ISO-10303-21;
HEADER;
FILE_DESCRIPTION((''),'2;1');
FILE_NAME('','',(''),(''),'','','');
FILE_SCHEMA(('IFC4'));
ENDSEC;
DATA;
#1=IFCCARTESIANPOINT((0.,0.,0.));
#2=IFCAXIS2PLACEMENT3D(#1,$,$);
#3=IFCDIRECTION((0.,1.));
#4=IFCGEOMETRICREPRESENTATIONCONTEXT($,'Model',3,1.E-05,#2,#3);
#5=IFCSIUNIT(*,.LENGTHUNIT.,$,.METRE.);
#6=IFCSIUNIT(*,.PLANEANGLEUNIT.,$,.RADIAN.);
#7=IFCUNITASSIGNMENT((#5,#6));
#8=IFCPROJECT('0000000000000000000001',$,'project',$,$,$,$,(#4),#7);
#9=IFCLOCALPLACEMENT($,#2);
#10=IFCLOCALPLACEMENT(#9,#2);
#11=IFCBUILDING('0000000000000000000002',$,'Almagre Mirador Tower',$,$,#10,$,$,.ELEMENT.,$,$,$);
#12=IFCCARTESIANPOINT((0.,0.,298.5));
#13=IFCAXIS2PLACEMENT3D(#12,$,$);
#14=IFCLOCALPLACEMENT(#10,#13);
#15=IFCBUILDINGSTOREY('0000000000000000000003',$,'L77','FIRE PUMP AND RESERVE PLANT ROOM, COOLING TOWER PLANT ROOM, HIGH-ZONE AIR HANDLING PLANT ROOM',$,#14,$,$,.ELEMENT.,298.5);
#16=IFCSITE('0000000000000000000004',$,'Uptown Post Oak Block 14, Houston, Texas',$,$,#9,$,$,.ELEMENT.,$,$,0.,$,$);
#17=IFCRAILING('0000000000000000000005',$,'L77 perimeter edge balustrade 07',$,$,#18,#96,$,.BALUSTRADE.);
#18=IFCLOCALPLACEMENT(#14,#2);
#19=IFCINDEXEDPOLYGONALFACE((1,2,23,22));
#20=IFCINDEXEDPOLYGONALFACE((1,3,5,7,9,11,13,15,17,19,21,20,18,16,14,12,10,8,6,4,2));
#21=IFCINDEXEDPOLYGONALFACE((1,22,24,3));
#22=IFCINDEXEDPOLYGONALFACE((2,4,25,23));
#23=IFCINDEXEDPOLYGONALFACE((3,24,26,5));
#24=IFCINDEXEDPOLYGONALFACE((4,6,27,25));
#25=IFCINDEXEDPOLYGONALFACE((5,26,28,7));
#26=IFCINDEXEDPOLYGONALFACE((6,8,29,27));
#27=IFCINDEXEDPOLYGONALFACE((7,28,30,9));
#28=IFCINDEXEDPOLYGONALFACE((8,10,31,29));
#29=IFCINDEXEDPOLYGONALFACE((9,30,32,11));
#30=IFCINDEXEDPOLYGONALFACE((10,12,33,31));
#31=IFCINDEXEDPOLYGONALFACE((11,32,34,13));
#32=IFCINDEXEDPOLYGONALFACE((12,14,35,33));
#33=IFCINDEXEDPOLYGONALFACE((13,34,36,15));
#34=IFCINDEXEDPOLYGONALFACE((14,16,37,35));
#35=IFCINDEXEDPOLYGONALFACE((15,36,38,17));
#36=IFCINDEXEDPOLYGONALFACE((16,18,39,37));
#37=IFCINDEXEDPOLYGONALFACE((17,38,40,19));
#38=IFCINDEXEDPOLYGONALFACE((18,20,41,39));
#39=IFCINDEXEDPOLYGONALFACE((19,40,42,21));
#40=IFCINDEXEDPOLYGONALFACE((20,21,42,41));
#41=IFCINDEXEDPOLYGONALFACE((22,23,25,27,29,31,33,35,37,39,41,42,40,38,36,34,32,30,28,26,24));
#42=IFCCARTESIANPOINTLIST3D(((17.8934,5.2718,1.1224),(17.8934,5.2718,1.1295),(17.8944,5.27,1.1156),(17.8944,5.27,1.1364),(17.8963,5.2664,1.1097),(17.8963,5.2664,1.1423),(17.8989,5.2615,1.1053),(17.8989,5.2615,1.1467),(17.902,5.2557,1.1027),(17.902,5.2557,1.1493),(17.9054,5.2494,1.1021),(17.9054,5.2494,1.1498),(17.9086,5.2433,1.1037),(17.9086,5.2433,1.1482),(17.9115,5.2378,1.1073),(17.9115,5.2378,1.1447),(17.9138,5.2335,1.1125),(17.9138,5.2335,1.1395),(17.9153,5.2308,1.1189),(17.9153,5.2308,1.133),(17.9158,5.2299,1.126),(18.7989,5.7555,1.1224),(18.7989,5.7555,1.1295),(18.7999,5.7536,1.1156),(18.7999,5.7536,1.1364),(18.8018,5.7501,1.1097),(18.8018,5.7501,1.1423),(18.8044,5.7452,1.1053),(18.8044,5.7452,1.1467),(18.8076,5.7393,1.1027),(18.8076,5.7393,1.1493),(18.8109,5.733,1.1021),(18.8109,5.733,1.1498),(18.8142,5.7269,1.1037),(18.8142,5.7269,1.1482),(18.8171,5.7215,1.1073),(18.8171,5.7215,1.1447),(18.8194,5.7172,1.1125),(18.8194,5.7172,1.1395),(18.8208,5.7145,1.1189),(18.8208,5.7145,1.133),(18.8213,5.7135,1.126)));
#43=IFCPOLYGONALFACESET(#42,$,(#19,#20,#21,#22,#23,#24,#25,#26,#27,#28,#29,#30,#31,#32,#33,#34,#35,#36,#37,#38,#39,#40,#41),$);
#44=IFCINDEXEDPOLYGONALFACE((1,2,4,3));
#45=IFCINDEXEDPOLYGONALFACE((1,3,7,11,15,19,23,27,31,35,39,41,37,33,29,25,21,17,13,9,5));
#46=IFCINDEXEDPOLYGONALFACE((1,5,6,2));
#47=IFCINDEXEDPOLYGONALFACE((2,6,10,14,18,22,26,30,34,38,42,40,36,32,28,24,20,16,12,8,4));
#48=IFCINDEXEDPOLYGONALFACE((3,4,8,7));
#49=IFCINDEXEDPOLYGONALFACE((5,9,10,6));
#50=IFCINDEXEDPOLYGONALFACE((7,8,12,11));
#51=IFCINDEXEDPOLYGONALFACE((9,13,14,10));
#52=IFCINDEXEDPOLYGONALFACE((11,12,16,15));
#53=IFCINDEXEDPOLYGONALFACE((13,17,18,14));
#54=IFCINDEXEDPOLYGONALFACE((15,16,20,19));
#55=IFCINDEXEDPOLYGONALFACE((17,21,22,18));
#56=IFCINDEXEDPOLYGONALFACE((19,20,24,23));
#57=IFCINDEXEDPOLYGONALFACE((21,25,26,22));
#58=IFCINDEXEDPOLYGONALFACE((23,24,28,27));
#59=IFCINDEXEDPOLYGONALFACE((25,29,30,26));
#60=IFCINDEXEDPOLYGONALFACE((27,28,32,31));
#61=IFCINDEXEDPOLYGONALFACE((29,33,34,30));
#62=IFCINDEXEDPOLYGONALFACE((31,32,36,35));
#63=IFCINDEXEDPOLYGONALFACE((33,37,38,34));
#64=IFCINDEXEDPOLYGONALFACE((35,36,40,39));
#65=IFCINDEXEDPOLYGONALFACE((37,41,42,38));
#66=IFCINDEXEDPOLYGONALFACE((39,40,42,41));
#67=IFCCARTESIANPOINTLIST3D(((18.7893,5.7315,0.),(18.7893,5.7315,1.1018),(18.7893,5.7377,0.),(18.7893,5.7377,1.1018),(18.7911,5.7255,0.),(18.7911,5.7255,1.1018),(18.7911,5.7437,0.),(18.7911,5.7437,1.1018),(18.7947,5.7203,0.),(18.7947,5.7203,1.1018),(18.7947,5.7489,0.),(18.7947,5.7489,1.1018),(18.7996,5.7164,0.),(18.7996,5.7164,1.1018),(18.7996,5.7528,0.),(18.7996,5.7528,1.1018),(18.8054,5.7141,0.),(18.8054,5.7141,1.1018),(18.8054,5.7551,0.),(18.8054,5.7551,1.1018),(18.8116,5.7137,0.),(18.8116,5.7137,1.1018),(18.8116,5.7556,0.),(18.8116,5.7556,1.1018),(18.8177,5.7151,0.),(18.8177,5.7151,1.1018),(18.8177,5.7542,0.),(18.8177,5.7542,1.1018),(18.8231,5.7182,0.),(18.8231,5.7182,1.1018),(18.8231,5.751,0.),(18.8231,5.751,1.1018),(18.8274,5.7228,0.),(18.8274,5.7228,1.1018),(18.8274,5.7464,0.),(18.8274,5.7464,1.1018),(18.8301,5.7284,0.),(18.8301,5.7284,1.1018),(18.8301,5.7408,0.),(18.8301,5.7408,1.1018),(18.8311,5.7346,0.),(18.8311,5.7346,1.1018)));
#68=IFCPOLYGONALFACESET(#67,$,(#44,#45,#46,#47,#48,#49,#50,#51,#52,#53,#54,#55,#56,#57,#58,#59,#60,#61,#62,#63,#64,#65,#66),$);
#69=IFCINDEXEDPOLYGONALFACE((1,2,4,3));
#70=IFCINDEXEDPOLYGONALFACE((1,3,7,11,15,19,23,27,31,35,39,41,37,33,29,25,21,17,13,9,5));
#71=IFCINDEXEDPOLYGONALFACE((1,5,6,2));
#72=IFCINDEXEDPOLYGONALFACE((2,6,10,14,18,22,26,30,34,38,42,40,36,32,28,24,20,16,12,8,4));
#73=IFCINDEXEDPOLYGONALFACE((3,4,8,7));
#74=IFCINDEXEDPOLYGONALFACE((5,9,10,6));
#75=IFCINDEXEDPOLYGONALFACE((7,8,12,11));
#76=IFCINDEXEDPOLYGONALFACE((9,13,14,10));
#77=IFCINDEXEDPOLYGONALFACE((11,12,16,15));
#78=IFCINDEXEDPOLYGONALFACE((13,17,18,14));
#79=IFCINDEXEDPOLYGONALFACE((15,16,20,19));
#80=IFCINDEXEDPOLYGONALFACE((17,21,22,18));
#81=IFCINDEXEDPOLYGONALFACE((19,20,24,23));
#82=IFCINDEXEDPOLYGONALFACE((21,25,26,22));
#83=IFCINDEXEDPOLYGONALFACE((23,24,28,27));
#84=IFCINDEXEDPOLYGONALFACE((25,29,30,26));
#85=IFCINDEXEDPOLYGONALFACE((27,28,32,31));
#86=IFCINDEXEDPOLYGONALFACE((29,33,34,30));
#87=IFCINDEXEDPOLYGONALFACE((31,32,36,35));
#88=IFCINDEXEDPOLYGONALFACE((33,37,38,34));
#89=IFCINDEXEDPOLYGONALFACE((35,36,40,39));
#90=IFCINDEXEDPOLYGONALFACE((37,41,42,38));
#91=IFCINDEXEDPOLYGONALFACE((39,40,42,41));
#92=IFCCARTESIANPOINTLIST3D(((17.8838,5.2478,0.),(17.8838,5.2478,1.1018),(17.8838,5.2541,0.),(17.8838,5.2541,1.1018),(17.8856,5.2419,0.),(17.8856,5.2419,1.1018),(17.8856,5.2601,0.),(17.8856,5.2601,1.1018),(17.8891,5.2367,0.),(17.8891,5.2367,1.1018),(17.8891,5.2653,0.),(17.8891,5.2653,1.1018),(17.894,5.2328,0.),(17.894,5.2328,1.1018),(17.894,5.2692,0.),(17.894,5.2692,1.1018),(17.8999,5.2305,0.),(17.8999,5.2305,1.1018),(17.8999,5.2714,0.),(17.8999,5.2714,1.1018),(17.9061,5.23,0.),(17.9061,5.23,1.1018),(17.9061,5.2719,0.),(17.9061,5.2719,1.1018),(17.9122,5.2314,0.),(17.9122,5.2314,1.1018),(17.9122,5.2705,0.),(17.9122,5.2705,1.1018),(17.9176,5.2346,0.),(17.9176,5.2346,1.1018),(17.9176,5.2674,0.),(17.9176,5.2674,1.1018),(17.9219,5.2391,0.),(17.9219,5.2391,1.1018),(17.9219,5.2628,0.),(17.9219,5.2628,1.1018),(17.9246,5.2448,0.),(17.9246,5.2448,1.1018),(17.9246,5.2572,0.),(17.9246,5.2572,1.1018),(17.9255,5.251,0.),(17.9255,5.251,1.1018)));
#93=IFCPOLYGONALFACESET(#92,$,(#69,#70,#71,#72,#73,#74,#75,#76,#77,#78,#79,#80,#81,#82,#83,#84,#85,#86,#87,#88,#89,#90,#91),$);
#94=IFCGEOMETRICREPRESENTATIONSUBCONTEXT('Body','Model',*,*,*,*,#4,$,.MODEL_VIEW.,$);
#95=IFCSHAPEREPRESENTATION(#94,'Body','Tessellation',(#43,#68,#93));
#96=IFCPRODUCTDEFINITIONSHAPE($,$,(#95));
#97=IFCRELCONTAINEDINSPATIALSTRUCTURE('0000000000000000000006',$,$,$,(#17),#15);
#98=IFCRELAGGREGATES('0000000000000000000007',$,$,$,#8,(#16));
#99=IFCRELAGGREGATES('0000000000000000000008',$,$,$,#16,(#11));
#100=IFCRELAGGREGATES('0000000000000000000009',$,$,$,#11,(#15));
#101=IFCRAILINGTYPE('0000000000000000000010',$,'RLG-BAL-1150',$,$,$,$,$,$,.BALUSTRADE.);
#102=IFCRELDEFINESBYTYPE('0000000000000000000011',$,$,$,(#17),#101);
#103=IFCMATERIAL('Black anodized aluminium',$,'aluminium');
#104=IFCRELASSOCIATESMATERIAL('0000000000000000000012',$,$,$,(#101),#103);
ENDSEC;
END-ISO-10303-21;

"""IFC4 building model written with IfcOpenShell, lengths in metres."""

from ifc_helpers import new_model, si_unit, direction, frame, origin, origin_2d, place, context, subcontext, project, spatial, circle, extrude, material, type_object, element, save


model = new_model("IFC4")

# Units and contexts
model_context = context("Model", 3, precision=1e-05, world=origin(), true_north=direction((0.0, 1.0)))
body_context = subcontext(model_context, "Body", "Model", "MODEL_VIEW")
ifc_project = project(units=[si_unit("LENGTHUNIT", "METRE"), si_unit("PLANEANGLEUNIT", "RADIAN")], contexts=[model_context])

# Site, building, storey
site_placement = place(None, origin())
site = spatial("IfcSite", under=ifc_project, at=site_placement, Name="Uptown Post Oak Block 14, Houston, Texas", CompositionType="ELEMENT", RefElevation=0.0)
building_placement = place(site_placement, origin())
building = spatial("IfcBuilding", under=site, at=building_placement, Name="Almagre Mirador Tower", CompositionType="ELEMENT")
storey_placement = place(building_placement, frame((0.0, 0.0, 298.5)))
storey = spatial("IfcBuildingStorey", under=building, at=storey_placement, Name="L77", Description="FIRE PUMP AND RESERVE PLANT ROOM, COOLING TOWER PLANT ROOM, HIGH-ZONE AIR HANDLING PLANT ROOM", CompositionType="ELEMENT", Elevation=298.5)

# Railing
ifc_material_1 = material(Name="Black anodized aluminium", Category="aluminium")
railing_type = type_object("IfcRailingType", Name="RLG-BAL-1150", PredefinedType="BALUSTRADE", material=ifc_material_1)
railing_1_placement = place(storey_placement, frame((18.8101, 5.7346, 0.0)))
element("IfcRailing", 1, at=railing_1_placement, inside=storey, type_object=railing_type, Name="L77 perimeter edge balustrade 07", PredefinedType="BALUSTRADE", context=body_context, shape_type="SweptSolid", body=[
    extrude(circle(Radius=0.0239, at=origin_2d()), frame((0.0, 0.0, 1.126), z_axis=(-0.88207, -0.471119, 0.0), x_axis=(0.471119, -0.88207, 0.0)), (0.0, 0.0, 1.0), 1.0266),
    extrude(circle(Radius=0.021, at=origin_2d()), origin(), (0.0, 0.0, 1.0), 1.1018),
    extrude(circle(Radius=0.021, at=origin_2d()), frame((-0.9055, -0.4836, 0.0)), (0.0, 0.0, 1.0), 1.1018),
])

save(model, "model.ifc")
